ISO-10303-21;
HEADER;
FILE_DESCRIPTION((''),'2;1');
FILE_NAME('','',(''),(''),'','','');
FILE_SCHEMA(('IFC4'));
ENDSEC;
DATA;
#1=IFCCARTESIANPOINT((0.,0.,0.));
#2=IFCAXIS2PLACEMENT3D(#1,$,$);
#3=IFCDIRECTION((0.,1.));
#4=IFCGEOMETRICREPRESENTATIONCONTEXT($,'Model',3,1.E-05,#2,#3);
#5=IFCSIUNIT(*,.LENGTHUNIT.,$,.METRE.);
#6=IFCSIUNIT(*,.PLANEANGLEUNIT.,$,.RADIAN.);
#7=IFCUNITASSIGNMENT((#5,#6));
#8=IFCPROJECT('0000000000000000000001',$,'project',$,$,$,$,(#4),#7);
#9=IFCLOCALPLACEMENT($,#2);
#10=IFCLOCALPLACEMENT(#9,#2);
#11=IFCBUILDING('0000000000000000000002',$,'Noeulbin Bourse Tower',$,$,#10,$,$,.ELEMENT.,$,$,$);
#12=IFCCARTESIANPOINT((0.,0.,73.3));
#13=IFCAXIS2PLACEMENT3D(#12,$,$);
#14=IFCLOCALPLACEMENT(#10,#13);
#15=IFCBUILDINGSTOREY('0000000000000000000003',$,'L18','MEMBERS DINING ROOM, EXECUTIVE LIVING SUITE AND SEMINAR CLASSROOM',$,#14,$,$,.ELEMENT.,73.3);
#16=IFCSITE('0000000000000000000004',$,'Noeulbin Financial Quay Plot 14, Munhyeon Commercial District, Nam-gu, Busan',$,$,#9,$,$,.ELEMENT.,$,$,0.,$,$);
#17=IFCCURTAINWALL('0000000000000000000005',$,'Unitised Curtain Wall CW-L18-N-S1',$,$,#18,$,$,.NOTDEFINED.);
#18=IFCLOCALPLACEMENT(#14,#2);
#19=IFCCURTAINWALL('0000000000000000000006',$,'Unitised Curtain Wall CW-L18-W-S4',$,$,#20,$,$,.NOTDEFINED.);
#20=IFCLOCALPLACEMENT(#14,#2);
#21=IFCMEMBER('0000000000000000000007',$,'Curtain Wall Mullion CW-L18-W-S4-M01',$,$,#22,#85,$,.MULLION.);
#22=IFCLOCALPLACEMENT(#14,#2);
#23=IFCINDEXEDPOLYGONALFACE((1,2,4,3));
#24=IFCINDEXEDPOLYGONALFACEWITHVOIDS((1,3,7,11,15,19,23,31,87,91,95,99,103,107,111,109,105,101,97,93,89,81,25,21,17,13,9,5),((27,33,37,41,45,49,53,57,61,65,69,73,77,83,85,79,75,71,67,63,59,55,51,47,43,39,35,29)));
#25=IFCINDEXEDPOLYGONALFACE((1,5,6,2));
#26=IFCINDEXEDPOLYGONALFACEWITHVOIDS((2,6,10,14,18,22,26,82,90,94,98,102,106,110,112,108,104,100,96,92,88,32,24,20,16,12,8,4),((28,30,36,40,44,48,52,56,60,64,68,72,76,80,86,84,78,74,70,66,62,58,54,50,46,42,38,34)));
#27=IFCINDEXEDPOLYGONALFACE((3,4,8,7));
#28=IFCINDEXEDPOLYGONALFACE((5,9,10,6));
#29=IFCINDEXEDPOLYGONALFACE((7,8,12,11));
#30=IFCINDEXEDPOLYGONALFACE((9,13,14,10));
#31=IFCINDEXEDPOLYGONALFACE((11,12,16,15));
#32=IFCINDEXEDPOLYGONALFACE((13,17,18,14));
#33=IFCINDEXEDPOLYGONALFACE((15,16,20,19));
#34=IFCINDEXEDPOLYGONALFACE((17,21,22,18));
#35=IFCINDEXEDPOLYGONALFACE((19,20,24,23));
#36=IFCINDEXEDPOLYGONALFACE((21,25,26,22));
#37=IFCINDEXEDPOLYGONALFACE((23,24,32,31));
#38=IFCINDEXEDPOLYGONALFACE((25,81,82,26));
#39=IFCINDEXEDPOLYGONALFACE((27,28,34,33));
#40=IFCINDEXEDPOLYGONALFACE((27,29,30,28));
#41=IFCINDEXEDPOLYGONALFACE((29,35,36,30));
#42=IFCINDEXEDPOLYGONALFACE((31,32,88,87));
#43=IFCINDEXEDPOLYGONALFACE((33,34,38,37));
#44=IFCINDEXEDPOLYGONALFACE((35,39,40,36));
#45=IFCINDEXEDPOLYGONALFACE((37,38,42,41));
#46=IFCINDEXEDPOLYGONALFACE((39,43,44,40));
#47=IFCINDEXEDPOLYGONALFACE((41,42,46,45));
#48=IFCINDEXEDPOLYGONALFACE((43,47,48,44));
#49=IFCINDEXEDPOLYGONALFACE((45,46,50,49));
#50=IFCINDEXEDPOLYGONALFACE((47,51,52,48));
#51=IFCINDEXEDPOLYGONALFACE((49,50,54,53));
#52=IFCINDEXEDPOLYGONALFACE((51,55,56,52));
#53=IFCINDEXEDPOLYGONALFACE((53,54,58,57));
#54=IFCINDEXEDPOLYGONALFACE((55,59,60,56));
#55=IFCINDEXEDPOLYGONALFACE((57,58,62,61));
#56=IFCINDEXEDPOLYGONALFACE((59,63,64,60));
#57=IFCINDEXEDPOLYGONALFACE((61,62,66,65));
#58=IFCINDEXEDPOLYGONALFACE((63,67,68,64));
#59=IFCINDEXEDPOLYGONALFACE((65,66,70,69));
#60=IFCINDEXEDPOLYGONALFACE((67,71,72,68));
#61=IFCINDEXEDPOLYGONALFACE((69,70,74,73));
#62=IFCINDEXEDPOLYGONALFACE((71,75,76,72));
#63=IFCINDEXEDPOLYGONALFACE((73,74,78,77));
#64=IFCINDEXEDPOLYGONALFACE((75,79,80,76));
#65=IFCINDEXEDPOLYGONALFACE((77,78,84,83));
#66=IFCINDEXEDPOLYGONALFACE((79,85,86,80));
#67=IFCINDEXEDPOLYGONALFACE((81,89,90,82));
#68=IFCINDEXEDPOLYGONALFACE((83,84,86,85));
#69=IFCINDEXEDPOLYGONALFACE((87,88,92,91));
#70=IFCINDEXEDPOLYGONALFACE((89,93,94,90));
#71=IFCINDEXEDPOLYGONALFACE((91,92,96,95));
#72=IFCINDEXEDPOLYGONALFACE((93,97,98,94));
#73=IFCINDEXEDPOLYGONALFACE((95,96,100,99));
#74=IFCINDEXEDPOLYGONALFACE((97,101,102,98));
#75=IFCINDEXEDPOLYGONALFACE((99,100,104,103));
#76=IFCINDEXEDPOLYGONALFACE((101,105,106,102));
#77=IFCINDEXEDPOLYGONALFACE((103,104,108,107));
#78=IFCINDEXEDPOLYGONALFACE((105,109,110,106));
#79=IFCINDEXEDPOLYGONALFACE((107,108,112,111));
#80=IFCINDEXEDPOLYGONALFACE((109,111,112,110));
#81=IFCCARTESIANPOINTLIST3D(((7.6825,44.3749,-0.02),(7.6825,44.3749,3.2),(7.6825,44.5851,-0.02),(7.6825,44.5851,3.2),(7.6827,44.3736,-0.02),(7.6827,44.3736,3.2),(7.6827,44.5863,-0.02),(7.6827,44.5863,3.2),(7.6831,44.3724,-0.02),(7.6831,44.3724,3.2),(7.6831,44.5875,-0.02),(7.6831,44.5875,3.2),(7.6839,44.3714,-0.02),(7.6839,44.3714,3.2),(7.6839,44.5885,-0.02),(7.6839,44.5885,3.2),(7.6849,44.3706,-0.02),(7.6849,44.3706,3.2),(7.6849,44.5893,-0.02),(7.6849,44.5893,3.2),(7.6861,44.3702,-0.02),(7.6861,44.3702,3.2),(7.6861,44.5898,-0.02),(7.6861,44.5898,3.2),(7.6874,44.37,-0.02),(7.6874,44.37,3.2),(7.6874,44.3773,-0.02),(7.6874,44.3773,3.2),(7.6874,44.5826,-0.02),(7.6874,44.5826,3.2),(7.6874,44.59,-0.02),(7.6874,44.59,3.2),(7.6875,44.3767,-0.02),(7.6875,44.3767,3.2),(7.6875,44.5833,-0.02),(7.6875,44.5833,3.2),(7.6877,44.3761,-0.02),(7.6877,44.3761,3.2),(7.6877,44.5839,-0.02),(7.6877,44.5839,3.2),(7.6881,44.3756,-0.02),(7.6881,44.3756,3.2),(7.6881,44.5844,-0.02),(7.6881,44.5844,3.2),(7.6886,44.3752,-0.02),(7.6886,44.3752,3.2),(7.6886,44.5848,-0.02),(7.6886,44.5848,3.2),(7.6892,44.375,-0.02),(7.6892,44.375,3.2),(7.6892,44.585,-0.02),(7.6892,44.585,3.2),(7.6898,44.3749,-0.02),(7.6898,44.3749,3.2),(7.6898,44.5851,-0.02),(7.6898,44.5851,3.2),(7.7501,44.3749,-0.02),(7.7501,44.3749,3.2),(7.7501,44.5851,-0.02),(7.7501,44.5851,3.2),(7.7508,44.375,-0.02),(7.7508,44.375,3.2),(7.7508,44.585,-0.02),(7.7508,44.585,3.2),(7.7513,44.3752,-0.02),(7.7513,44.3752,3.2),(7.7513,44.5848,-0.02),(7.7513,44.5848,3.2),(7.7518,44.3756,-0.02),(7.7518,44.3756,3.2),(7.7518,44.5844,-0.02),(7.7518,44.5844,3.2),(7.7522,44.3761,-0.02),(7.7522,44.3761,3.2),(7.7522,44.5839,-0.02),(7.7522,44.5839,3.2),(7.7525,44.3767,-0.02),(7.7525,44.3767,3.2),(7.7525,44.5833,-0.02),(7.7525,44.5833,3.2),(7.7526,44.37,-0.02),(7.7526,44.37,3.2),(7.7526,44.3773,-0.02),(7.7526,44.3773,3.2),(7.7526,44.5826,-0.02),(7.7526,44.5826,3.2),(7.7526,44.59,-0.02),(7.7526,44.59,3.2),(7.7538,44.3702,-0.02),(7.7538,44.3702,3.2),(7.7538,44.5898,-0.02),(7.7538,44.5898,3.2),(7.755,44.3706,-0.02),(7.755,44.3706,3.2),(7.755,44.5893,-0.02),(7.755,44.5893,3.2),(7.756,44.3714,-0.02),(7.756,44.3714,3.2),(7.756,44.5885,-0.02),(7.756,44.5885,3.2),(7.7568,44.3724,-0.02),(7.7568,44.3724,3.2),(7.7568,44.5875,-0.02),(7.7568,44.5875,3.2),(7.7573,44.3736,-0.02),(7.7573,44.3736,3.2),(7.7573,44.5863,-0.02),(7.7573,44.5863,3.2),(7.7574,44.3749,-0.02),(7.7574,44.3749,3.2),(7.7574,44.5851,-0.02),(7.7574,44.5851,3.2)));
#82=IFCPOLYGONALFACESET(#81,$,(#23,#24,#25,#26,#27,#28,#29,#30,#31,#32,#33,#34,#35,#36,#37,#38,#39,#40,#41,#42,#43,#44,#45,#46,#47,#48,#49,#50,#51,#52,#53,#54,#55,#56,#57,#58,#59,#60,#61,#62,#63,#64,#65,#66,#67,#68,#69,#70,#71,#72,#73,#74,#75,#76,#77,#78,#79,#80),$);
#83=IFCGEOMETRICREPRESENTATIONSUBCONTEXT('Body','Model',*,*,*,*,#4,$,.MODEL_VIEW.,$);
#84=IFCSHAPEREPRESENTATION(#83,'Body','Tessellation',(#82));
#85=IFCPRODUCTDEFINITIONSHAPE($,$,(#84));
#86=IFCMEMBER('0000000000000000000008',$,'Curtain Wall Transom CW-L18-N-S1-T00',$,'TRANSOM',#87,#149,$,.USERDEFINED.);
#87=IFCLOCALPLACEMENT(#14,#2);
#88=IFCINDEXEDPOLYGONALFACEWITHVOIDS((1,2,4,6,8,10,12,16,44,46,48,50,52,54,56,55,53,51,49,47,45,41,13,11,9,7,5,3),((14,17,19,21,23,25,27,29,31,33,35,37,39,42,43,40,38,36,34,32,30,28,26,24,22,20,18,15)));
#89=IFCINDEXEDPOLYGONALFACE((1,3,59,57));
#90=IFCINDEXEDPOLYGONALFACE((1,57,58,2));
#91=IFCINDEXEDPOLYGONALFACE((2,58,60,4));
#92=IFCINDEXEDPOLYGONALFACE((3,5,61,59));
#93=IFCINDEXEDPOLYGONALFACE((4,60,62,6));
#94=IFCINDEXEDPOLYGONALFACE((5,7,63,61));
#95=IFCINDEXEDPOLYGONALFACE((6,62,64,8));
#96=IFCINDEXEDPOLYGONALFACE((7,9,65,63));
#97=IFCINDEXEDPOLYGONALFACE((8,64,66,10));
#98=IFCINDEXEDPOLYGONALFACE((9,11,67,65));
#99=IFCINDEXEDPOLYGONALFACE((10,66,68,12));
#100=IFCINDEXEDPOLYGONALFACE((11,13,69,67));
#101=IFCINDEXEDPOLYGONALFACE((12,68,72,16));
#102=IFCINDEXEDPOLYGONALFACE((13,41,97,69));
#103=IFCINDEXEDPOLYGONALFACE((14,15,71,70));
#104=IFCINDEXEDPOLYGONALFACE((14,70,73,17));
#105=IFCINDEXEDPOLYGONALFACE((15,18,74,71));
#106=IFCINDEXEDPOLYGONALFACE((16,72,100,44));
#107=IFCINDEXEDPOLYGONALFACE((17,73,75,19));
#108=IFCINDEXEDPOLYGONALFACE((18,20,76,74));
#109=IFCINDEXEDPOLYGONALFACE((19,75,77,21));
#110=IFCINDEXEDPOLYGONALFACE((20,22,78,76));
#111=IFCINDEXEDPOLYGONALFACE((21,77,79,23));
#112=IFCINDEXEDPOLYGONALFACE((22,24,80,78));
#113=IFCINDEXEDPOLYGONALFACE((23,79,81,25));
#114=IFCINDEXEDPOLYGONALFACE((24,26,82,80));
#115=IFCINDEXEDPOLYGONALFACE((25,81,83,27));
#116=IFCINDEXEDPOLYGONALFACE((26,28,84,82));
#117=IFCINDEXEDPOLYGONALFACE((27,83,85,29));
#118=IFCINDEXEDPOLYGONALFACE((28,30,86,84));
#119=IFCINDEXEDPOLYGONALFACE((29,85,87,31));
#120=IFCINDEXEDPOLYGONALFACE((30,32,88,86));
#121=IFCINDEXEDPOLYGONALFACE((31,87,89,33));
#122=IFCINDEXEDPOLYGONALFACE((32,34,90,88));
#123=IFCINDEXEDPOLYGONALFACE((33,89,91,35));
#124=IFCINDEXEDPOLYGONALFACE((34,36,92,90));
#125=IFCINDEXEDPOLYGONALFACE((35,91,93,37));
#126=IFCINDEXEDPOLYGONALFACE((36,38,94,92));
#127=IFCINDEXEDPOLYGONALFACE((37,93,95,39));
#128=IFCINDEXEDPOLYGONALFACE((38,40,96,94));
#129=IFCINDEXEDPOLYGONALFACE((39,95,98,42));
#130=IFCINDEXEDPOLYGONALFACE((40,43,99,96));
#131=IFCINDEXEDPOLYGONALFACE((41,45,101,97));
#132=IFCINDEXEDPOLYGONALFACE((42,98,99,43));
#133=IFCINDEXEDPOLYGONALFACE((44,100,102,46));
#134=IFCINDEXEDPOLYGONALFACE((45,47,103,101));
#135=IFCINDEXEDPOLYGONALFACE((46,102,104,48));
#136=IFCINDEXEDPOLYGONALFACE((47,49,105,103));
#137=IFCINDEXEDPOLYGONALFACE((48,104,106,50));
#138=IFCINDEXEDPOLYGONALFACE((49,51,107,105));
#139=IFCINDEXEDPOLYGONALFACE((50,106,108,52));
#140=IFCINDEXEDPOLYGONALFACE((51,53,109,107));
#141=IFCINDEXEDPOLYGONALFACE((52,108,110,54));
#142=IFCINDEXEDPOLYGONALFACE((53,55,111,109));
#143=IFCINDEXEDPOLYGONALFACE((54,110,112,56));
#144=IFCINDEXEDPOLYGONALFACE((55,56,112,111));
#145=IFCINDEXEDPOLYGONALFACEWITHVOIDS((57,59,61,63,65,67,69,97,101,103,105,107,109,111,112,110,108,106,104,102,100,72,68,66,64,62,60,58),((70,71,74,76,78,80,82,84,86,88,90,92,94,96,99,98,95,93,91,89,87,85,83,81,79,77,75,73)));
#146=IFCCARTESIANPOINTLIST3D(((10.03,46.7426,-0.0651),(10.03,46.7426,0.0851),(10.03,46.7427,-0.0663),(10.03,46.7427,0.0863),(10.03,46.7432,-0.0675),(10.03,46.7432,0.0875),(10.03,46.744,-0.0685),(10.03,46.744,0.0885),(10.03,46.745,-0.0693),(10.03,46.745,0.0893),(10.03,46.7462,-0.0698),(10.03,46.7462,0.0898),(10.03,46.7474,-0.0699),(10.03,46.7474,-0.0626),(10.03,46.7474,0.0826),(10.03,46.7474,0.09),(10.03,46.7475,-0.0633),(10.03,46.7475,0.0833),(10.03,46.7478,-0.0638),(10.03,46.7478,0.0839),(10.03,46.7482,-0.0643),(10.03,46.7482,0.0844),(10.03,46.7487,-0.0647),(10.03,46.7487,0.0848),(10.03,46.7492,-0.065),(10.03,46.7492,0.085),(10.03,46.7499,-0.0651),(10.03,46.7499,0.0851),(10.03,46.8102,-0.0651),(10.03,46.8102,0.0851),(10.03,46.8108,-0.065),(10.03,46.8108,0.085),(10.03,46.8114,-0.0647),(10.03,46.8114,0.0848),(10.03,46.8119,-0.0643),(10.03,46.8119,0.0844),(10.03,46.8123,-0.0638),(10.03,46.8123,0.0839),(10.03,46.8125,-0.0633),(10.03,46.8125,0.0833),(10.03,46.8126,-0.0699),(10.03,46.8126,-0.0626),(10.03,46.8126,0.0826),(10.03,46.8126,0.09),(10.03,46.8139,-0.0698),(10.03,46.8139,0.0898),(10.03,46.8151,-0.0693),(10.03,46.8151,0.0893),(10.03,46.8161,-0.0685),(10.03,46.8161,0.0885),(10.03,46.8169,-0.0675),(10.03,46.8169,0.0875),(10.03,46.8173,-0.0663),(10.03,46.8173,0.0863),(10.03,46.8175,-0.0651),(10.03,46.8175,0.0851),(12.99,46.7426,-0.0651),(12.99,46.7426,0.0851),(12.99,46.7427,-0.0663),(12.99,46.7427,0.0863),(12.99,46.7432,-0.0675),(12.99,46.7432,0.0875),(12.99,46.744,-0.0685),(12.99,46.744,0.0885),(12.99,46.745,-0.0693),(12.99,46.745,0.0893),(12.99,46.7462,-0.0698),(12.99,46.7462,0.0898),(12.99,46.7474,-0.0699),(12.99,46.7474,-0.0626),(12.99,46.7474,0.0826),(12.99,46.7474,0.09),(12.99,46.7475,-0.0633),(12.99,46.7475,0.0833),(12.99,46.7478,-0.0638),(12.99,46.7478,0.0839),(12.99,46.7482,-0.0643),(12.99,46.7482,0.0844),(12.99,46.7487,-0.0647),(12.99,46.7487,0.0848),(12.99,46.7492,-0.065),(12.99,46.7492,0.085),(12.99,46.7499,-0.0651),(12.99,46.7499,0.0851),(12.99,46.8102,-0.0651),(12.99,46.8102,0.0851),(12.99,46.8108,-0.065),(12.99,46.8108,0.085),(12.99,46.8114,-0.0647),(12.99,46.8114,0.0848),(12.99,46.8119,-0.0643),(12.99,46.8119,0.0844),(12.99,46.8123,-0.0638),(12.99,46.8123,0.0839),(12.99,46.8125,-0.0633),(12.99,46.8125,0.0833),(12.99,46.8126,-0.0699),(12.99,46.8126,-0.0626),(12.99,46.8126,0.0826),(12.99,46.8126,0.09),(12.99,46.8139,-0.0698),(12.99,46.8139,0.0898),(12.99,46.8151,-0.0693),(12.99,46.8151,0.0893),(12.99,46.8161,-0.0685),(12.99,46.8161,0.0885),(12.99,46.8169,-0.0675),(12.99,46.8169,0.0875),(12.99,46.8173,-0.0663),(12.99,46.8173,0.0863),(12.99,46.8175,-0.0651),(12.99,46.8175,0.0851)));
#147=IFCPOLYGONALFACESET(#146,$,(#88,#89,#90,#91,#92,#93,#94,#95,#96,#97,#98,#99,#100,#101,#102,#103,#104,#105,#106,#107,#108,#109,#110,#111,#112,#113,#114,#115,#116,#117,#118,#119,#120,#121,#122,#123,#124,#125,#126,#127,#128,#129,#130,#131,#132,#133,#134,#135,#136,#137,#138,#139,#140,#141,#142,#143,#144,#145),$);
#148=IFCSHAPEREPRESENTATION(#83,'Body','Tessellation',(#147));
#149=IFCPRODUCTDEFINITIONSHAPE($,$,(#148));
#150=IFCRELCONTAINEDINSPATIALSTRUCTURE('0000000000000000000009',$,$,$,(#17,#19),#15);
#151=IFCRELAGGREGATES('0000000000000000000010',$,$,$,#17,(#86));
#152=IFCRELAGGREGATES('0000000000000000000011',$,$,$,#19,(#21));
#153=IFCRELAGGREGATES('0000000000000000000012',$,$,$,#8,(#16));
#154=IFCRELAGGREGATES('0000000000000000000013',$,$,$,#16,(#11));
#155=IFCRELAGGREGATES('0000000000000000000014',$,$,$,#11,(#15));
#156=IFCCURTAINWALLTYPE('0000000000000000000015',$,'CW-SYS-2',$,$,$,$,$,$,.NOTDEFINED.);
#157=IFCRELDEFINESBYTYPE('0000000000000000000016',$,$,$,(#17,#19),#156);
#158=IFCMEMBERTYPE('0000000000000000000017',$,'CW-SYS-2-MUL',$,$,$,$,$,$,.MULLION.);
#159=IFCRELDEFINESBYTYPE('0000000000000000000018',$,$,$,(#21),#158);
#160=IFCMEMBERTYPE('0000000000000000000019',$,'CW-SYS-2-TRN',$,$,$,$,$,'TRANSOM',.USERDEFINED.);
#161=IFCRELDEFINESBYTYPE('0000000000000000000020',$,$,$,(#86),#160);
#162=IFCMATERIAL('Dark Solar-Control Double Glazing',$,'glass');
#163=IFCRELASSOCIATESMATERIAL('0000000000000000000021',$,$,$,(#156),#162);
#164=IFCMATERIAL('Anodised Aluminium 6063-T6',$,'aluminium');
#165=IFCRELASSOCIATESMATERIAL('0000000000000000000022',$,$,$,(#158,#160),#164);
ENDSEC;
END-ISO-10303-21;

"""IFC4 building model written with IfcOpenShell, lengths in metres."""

from ifc_helpers import new_model, si_unit, direction, frame, origin, origin_2d, place, context, subcontext, project, spatial, hollow_rectangle, extrude, material, material_profile, profile_set, type_object, element, aggregate, save


model = new_model("IFC4")

# Units and contexts
model_context = context("Model", 3, precision=1e-05, world=origin(), true_north=direction((0.0, 1.0)))
body_context = subcontext(model_context, "Body", "Model", "MODEL_VIEW")
ifc_project = project(units=[si_unit("LENGTHUNIT", "METRE"), si_unit("PLANEANGLEUNIT", "RADIAN")], contexts=[model_context])

# Site, building, storey
site_placement = place(None, origin())
site = spatial("IfcSite", under=ifc_project, at=site_placement, Name="Noeulbin Financial Quay Plot 14, Munhyeon Commercial District, Nam-gu, Busan", CompositionType="ELEMENT", RefElevation=0.0)
building_placement = place(site_placement, origin())
building = spatial("IfcBuilding", under=site, at=building_placement, Name="Noeulbin Bourse Tower", CompositionType="ELEMENT")
storey_placement = place(building_placement, frame((0.0, 0.0, 73.3)))
storey = spatial("IfcBuildingStorey", under=building, at=storey_placement, Name="L18", Description="MEMBERS DINING ROOM, EXECUTIVE LIVING SUITE AND SEMINAR CLASSROOM", CompositionType="ELEMENT", Elevation=73.3)

# Curtain wall
ifc_material_1 = material(Name="Dark Solar-Control Double Glazing", Category="glass")
curtain_wall_type = type_object("IfcCurtainWallType", Name="CW-SYS-2", PredefinedType="NOTDEFINED", material=ifc_material_1)
curtain_wall_1_placement = place(storey_placement, origin())
curtain_wall_1 = element("IfcCurtainWall", 1, at=curtain_wall_1_placement, inside=storey, type_object=curtain_wall_type, Name="Unitised Curtain Wall CW-L18-N-S1", PredefinedType="NOTDEFINED")
ifc_material_2 = material(Name="Anodised Aluminium 6063-T6", Category="aluminium")
ifc_material_profile_1 = material_profile(ifc_material_2, hollow_rectangle(XDim=0.075, YDim=0.22, WallThickness=0.0049, InnerFilletRadius=0.0024, OuterFilletRadius=0.0049, at=origin_2d()), Name="ALU-MULL-75x220x5", Category="LoadBearing")
ifc_profile_set_1 = profile_set([ifc_material_profile_1], Name="Anodised Aluminium 6063-T6")
member_type_1 = type_object("IfcMemberType", Name="CW-SYS-2-MUL", PredefinedType="MULLION", material=ifc_profile_set_1)

# Curtain wall, member
curtain_wall_2_placement = place(storey_placement, origin())
curtain_wall_2 = element("IfcCurtainWall", 2, at=curtain_wall_2_placement, inside=storey, type_object=curtain_wall_type, Name="Unitised Curtain Wall CW-L18-W-S4", PredefinedType="NOTDEFINED")
member_1_placement = place(storey_placement, frame((7.72, 44.48, -0.02), z_axis=(0.0, 0.0, 1.0), x_axis=(1.0, 0.0, 0.0)))
member_1 = element("IfcMember", 3, at=member_1_placement, type_object=member_type_1, Name="Curtain Wall Mullion CW-L18-W-S4-M01", PredefinedType="MULLION", context=body_context, shape_type="SweptSolid", body=[
    extrude(hollow_rectangle(XDim=0.075, YDim=0.22, WallThickness=0.0049, InnerFilletRadius=0.0024, OuterFilletRadius=0.0049, at=origin_2d()), origin(), (0.0, 0.0, 1.0), 3.22),
])

# Member
ifc_material_profile_2 = material_profile(ifc_material_2, hollow_rectangle(XDim=0.075, YDim=0.1599, WallThickness=0.0049, InnerFilletRadius=0.0024, OuterFilletRadius=0.0049, at=origin_2d()), Name="ALU-TRAN-75x160x5", Category="LoadBearing")
ifc_profile_set_2 = profile_set([ifc_material_profile_2], Name="Anodised Aluminium 6063-T6")
member_type_2 = type_object("IfcMemberType", Name="CW-SYS-2-TRN", ElementType="TRANSOM", PredefinedType="USERDEFINED", material=ifc_profile_set_2)
member_2_placement = place(storey_placement, frame((10.03, 46.78, 0.01), z_axis=(1.0, 0.0, 0.0), x_axis=(0.0, 1.0, 0.0)))
member_2 = element("IfcMember", 4, at=member_2_placement, type_object=member_type_2, Name="Curtain Wall Transom CW-L18-N-S1-T00", ObjectType="TRANSOM", PredefinedType="USERDEFINED", context=body_context, shape_type="SweptSolid", body=[
    extrude(hollow_rectangle(XDim=0.075, YDim=0.1599, WallThickness=0.0049, InnerFilletRadius=0.0024, OuterFilletRadius=0.0049, at=origin_2d()), origin(), (0.0, 0.0, 1.0), 2.96),
])

aggregate(curtain_wall_1, [member_2])
aggregate(curtain_wall_2, [member_1])

save(model, "model.ifc")
